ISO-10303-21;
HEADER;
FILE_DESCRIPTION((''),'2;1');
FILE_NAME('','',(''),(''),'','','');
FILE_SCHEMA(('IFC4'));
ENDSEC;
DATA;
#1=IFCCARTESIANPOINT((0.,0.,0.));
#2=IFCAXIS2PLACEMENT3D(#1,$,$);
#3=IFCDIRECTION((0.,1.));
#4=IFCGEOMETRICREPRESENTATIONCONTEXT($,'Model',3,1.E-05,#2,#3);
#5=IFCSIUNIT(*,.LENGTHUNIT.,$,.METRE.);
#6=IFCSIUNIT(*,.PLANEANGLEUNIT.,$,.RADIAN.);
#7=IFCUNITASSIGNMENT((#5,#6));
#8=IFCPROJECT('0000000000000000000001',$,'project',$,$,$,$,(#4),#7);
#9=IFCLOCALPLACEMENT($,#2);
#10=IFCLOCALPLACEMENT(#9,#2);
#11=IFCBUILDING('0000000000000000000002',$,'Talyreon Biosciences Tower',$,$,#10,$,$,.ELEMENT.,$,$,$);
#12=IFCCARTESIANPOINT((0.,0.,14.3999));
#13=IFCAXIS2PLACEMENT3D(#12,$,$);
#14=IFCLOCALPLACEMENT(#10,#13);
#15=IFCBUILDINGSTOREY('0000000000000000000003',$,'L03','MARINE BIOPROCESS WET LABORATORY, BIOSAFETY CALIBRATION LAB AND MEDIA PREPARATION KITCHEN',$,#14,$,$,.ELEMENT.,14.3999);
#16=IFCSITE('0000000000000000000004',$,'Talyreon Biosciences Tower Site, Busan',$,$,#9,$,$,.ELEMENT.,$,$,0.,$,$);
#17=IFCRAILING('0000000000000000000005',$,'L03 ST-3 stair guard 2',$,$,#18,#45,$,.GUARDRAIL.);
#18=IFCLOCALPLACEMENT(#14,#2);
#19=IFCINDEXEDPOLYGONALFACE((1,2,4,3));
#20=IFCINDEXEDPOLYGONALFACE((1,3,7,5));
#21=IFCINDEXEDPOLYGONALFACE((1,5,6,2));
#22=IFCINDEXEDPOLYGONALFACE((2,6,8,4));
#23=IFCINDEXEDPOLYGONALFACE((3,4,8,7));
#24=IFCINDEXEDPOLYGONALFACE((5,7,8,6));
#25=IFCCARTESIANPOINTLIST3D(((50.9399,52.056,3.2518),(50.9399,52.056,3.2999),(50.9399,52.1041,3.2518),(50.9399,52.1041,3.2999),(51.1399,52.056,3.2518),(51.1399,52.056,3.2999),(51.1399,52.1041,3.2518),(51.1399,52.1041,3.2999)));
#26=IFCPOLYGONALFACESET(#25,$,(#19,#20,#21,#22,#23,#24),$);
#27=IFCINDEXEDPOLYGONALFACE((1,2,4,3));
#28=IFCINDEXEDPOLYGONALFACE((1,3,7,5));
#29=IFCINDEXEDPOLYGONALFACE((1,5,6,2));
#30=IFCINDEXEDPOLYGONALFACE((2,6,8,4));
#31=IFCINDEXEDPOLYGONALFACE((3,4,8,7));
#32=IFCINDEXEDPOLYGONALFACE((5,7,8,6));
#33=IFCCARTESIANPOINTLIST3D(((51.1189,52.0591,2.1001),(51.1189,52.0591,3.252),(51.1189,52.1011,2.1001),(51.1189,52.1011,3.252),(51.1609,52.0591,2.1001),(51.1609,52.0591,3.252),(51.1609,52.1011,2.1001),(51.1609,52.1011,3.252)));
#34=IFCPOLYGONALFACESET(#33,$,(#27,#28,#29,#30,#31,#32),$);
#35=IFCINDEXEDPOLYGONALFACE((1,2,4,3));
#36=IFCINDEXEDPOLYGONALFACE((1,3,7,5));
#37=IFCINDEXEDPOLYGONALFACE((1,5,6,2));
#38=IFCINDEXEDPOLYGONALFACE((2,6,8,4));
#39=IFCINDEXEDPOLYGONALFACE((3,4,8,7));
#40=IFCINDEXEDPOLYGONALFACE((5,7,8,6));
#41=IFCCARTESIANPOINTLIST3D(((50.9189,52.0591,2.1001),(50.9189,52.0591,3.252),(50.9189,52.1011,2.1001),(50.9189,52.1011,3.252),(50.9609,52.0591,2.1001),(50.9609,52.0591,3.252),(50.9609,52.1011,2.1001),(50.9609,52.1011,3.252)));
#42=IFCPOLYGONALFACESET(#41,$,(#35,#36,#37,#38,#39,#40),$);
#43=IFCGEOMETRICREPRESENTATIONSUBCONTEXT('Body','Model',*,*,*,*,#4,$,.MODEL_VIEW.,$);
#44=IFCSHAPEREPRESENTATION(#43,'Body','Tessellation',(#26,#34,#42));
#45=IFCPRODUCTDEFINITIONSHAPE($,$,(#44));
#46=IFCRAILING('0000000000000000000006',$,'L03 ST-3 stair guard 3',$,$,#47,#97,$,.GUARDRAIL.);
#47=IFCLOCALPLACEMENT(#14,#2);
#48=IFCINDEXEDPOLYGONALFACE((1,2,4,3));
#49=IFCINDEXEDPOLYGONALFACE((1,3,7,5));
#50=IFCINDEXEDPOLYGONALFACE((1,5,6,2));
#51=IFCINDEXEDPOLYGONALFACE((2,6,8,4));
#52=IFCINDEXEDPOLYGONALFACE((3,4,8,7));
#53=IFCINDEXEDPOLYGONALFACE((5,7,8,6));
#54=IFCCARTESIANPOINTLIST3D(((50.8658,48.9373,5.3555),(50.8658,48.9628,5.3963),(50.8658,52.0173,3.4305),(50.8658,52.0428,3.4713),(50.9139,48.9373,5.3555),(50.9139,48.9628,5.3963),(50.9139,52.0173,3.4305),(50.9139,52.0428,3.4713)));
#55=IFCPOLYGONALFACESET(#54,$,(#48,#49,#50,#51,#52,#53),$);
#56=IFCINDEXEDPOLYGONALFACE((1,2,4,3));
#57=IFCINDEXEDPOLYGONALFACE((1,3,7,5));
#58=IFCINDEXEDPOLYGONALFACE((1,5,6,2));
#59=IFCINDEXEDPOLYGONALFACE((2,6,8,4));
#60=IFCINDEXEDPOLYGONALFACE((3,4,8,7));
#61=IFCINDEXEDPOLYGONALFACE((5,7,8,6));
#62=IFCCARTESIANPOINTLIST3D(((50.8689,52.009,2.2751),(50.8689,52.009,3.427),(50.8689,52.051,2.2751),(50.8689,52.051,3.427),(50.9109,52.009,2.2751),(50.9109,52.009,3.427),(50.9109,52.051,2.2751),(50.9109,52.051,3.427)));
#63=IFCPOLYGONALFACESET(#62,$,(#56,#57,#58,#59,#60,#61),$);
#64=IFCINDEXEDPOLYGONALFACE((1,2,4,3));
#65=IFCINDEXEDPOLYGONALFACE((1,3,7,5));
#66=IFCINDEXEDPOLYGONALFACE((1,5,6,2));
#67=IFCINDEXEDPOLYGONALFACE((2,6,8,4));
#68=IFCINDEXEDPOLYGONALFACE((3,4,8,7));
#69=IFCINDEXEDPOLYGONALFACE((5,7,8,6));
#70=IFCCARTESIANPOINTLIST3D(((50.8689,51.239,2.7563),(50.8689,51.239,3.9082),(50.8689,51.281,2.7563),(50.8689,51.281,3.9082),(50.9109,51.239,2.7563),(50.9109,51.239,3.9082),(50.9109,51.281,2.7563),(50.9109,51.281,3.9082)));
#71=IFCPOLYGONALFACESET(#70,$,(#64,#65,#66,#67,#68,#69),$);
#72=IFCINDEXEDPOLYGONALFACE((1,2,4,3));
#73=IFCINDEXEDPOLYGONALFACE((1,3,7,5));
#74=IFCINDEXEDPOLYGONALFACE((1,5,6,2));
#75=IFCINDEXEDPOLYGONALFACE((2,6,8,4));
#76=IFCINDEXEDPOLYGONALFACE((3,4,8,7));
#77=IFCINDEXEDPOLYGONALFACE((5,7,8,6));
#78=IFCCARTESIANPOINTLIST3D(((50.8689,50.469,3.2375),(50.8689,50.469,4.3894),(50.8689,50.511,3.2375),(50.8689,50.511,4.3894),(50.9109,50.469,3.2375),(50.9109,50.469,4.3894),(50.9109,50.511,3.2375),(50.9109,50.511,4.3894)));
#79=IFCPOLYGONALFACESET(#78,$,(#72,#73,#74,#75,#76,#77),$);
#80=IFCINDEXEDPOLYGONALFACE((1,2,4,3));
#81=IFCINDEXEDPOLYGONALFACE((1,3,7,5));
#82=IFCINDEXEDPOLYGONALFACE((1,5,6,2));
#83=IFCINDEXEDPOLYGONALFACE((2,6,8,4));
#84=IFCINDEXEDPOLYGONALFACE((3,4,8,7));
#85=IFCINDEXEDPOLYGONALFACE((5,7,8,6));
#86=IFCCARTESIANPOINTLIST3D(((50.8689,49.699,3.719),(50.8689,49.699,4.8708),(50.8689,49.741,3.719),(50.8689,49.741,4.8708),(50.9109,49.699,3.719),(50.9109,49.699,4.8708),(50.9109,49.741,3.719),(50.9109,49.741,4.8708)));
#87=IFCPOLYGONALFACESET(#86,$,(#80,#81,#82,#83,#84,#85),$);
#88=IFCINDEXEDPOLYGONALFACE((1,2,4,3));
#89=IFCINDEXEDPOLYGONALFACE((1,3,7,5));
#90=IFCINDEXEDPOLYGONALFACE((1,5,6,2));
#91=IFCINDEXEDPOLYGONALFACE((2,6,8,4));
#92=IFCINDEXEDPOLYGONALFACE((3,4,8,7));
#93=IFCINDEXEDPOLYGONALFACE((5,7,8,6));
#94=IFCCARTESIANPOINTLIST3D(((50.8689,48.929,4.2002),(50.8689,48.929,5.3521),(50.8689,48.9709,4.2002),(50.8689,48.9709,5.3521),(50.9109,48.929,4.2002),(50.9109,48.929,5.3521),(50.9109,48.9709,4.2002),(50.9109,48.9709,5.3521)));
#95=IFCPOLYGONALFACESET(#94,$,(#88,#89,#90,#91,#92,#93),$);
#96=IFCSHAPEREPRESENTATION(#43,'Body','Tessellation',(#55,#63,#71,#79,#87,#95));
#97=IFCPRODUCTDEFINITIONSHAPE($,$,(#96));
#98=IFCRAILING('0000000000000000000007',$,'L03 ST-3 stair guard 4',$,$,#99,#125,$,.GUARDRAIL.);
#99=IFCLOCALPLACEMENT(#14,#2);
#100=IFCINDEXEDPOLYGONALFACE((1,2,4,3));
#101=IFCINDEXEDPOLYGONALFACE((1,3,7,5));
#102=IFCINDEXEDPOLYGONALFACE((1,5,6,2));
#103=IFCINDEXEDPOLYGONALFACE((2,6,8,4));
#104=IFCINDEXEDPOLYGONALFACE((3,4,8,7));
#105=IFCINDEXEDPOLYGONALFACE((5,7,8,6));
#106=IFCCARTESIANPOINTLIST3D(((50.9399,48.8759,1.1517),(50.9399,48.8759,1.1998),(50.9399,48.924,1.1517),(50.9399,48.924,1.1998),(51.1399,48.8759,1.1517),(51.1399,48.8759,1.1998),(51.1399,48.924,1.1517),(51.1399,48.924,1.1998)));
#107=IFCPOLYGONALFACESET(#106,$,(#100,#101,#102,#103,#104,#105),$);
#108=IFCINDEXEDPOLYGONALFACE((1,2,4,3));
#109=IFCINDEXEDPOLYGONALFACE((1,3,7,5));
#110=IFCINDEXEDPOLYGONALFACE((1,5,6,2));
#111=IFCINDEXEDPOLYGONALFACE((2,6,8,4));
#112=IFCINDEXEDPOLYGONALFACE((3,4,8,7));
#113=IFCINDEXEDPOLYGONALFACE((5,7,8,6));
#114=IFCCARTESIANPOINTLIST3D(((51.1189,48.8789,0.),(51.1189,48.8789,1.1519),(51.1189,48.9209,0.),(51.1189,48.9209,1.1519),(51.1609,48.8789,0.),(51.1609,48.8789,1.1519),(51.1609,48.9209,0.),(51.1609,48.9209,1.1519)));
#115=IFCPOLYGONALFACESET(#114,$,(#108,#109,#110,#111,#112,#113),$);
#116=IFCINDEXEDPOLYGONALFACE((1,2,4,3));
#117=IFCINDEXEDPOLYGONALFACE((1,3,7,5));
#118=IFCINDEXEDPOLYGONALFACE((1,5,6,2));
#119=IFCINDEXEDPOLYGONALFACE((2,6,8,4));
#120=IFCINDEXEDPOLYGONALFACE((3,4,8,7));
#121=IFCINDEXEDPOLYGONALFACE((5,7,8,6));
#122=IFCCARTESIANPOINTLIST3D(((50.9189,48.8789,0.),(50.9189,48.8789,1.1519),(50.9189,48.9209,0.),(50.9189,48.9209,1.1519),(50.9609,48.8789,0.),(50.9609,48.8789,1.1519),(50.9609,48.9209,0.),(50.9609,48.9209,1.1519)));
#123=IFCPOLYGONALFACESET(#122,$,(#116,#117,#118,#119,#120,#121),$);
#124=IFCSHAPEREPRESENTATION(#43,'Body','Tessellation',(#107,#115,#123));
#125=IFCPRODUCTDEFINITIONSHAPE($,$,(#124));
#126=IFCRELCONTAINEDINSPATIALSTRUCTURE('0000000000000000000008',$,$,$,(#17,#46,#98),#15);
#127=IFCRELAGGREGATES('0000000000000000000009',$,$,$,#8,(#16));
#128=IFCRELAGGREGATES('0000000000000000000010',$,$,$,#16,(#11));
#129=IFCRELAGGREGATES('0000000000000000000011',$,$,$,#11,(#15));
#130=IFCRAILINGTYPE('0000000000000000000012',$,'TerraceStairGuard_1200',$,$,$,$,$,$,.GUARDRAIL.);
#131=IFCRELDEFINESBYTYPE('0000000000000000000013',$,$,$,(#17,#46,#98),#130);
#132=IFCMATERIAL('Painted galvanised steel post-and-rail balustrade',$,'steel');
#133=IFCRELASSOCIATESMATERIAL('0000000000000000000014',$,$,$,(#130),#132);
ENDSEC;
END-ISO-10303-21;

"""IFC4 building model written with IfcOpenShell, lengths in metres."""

from ifc_helpers import new_model, si_unit, direction, frame, origin, origin_2d, place, context, subcontext, project, spatial, rectangle, extrude, material, type_object, element, save


model = new_model("IFC4")

# Units and contexts
model_context = context("Model", 3, precision=1e-05, world=origin(), true_north=direction((0.0, 1.0)))
body_context = subcontext(model_context, "Body", "Model", "MODEL_VIEW")
ifc_project = project(units=[si_unit("LENGTHUNIT", "METRE"), si_unit("PLANEANGLEUNIT", "RADIAN")], contexts=[model_context])

# Site, building, storey
site_placement = place(None, origin())
site = spatial("IfcSite", under=ifc_project, at=site_placement, Name="Talyreon Biosciences Tower Site, Busan", CompositionType="ELEMENT", RefElevation=0.0)
building_placement = place(site_placement, origin())
building = spatial("IfcBuilding", under=site, at=building_placement, Name="Talyreon Biosciences Tower", CompositionType="ELEMENT")
storey_placement = place(building_placement, frame((0.0, 0.0, 14.3999)))
storey = spatial("IfcBuildingStorey", under=building, at=storey_placement, Name="L03", Description="MARINE BIOPROCESS WET LABORATORY, BIOSAFETY CALIBRATION LAB AND MEDIA PREPARATION KITCHEN", CompositionType="ELEMENT", Elevation=14.3999)

# Railings
ifc_material_1 = material(Name="Painted galvanised steel post-and-rail balustrade", Category="steel")
railing_type_1 = type_object("IfcRailingType", Name="TerraceStairGuard_1200", PredefinedType="GUARDRAIL", material=ifc_material_1)
railing_1_placement = place(storey_placement, frame((51.1399, 52.0801, 2.1001)))
element("IfcRailing", 1, at=railing_1_placement, inside=storey, type_object=railing_type_1, Name="L03 ST-3 stair guard 2", PredefinedType="GUARDRAIL", context=body_context, shape_type="SweptSolid", body=[
    extrude(rectangle(XDim=0.0481, YDim=0.0481, at=origin_2d()), frame((0.0, 0.0, 1.1758), z_axis=(-1.0, 0.0, 0.0), x_axis=(0.0, -1.0, 0.0)), (0.0, 0.0, 1.0), 0.2),
    extrude(rectangle(XDim=0.042, YDim=0.042, at=origin_2d()), origin(), (0.0, 0.0, 1.0), 1.1519),
    extrude(rectangle(XDim=0.042, YDim=0.042, at=origin_2d()), frame((-0.2, 0.0, 0.0)), (0.0, 0.0, 1.0), 1.1519),
])
railing_2_placement = place(storey_placement, frame((50.8899, 52.03, 2.2751)))
element("IfcRailing", 2, at=railing_2_placement, inside=storey, type_object=railing_type_1, Name="L03 ST-3 stair guard 3", PredefinedType="GUARDRAIL", context=body_context, shape_type="SweptSolid", body=[
    extrude(rectangle(XDim=0.0481, YDim=0.0481, at=origin_2d()), frame((0.0, 0.0, 1.1758), z_axis=(0.0, -0.847998, 0.529999), x_axis=(1.0, 0.0, 0.0)), (0.0, 0.0, 1.0), 3.6321),
    extrude(rectangle(XDim=0.042, YDim=0.042, at=origin_2d()), origin(), (0.0, 0.0, 1.0), 1.1519),
    extrude(rectangle(XDim=0.042, YDim=0.042, at=origin_2d()), frame((0.0, -0.77, 0.4812)), (0.0, 0.0, 1.0), 1.1519),
    extrude(rectangle(XDim=0.042, YDim=0.042, at=origin_2d()), frame((0.0, -1.54, 0.9624)), (0.0, 0.0, 1.0), 1.1519),
    extrude(rectangle(XDim=0.042, YDim=0.042, at=origin_2d()), frame((0.0, -2.3101, 1.4438)), (0.0, 0.0, 1.0), 1.1519),
    extrude(rectangle(XDim=0.042, YDim=0.042, at=origin_2d()), frame((0.0, -3.0801, 1.925)), (0.0, 0.0, 1.0), 1.1519),
])
railing_3_placement = place(storey_placement, frame((51.1399, 48.8999, 0.0)))
element("IfcRailing", 3, at=railing_3_placement, inside=storey, type_object=railing_type_1, Name="L03 ST-3 stair guard 4", PredefinedType="GUARDRAIL", context=body_context, shape_type="SweptSolid", body=[
    extrude(rectangle(XDim=0.0481, YDim=0.0481, at=origin_2d()), frame((0.0, 0.0, 1.1758), z_axis=(-1.0, 0.0, 0.0), x_axis=(0.0, -1.0, 0.0)), (0.0, 0.0, 1.0), 0.2),
    extrude(rectangle(XDim=0.042, YDim=0.042, at=origin_2d()), origin(), (0.0, 0.0, 1.0), 1.1519),
    extrude(rectangle(XDim=0.042, YDim=0.042, at=origin_2d()), frame((-0.2, 0.0, 0.0)), (0.0, 0.0, 1.0), 1.1519),
])

save(model, "model.ifc")
